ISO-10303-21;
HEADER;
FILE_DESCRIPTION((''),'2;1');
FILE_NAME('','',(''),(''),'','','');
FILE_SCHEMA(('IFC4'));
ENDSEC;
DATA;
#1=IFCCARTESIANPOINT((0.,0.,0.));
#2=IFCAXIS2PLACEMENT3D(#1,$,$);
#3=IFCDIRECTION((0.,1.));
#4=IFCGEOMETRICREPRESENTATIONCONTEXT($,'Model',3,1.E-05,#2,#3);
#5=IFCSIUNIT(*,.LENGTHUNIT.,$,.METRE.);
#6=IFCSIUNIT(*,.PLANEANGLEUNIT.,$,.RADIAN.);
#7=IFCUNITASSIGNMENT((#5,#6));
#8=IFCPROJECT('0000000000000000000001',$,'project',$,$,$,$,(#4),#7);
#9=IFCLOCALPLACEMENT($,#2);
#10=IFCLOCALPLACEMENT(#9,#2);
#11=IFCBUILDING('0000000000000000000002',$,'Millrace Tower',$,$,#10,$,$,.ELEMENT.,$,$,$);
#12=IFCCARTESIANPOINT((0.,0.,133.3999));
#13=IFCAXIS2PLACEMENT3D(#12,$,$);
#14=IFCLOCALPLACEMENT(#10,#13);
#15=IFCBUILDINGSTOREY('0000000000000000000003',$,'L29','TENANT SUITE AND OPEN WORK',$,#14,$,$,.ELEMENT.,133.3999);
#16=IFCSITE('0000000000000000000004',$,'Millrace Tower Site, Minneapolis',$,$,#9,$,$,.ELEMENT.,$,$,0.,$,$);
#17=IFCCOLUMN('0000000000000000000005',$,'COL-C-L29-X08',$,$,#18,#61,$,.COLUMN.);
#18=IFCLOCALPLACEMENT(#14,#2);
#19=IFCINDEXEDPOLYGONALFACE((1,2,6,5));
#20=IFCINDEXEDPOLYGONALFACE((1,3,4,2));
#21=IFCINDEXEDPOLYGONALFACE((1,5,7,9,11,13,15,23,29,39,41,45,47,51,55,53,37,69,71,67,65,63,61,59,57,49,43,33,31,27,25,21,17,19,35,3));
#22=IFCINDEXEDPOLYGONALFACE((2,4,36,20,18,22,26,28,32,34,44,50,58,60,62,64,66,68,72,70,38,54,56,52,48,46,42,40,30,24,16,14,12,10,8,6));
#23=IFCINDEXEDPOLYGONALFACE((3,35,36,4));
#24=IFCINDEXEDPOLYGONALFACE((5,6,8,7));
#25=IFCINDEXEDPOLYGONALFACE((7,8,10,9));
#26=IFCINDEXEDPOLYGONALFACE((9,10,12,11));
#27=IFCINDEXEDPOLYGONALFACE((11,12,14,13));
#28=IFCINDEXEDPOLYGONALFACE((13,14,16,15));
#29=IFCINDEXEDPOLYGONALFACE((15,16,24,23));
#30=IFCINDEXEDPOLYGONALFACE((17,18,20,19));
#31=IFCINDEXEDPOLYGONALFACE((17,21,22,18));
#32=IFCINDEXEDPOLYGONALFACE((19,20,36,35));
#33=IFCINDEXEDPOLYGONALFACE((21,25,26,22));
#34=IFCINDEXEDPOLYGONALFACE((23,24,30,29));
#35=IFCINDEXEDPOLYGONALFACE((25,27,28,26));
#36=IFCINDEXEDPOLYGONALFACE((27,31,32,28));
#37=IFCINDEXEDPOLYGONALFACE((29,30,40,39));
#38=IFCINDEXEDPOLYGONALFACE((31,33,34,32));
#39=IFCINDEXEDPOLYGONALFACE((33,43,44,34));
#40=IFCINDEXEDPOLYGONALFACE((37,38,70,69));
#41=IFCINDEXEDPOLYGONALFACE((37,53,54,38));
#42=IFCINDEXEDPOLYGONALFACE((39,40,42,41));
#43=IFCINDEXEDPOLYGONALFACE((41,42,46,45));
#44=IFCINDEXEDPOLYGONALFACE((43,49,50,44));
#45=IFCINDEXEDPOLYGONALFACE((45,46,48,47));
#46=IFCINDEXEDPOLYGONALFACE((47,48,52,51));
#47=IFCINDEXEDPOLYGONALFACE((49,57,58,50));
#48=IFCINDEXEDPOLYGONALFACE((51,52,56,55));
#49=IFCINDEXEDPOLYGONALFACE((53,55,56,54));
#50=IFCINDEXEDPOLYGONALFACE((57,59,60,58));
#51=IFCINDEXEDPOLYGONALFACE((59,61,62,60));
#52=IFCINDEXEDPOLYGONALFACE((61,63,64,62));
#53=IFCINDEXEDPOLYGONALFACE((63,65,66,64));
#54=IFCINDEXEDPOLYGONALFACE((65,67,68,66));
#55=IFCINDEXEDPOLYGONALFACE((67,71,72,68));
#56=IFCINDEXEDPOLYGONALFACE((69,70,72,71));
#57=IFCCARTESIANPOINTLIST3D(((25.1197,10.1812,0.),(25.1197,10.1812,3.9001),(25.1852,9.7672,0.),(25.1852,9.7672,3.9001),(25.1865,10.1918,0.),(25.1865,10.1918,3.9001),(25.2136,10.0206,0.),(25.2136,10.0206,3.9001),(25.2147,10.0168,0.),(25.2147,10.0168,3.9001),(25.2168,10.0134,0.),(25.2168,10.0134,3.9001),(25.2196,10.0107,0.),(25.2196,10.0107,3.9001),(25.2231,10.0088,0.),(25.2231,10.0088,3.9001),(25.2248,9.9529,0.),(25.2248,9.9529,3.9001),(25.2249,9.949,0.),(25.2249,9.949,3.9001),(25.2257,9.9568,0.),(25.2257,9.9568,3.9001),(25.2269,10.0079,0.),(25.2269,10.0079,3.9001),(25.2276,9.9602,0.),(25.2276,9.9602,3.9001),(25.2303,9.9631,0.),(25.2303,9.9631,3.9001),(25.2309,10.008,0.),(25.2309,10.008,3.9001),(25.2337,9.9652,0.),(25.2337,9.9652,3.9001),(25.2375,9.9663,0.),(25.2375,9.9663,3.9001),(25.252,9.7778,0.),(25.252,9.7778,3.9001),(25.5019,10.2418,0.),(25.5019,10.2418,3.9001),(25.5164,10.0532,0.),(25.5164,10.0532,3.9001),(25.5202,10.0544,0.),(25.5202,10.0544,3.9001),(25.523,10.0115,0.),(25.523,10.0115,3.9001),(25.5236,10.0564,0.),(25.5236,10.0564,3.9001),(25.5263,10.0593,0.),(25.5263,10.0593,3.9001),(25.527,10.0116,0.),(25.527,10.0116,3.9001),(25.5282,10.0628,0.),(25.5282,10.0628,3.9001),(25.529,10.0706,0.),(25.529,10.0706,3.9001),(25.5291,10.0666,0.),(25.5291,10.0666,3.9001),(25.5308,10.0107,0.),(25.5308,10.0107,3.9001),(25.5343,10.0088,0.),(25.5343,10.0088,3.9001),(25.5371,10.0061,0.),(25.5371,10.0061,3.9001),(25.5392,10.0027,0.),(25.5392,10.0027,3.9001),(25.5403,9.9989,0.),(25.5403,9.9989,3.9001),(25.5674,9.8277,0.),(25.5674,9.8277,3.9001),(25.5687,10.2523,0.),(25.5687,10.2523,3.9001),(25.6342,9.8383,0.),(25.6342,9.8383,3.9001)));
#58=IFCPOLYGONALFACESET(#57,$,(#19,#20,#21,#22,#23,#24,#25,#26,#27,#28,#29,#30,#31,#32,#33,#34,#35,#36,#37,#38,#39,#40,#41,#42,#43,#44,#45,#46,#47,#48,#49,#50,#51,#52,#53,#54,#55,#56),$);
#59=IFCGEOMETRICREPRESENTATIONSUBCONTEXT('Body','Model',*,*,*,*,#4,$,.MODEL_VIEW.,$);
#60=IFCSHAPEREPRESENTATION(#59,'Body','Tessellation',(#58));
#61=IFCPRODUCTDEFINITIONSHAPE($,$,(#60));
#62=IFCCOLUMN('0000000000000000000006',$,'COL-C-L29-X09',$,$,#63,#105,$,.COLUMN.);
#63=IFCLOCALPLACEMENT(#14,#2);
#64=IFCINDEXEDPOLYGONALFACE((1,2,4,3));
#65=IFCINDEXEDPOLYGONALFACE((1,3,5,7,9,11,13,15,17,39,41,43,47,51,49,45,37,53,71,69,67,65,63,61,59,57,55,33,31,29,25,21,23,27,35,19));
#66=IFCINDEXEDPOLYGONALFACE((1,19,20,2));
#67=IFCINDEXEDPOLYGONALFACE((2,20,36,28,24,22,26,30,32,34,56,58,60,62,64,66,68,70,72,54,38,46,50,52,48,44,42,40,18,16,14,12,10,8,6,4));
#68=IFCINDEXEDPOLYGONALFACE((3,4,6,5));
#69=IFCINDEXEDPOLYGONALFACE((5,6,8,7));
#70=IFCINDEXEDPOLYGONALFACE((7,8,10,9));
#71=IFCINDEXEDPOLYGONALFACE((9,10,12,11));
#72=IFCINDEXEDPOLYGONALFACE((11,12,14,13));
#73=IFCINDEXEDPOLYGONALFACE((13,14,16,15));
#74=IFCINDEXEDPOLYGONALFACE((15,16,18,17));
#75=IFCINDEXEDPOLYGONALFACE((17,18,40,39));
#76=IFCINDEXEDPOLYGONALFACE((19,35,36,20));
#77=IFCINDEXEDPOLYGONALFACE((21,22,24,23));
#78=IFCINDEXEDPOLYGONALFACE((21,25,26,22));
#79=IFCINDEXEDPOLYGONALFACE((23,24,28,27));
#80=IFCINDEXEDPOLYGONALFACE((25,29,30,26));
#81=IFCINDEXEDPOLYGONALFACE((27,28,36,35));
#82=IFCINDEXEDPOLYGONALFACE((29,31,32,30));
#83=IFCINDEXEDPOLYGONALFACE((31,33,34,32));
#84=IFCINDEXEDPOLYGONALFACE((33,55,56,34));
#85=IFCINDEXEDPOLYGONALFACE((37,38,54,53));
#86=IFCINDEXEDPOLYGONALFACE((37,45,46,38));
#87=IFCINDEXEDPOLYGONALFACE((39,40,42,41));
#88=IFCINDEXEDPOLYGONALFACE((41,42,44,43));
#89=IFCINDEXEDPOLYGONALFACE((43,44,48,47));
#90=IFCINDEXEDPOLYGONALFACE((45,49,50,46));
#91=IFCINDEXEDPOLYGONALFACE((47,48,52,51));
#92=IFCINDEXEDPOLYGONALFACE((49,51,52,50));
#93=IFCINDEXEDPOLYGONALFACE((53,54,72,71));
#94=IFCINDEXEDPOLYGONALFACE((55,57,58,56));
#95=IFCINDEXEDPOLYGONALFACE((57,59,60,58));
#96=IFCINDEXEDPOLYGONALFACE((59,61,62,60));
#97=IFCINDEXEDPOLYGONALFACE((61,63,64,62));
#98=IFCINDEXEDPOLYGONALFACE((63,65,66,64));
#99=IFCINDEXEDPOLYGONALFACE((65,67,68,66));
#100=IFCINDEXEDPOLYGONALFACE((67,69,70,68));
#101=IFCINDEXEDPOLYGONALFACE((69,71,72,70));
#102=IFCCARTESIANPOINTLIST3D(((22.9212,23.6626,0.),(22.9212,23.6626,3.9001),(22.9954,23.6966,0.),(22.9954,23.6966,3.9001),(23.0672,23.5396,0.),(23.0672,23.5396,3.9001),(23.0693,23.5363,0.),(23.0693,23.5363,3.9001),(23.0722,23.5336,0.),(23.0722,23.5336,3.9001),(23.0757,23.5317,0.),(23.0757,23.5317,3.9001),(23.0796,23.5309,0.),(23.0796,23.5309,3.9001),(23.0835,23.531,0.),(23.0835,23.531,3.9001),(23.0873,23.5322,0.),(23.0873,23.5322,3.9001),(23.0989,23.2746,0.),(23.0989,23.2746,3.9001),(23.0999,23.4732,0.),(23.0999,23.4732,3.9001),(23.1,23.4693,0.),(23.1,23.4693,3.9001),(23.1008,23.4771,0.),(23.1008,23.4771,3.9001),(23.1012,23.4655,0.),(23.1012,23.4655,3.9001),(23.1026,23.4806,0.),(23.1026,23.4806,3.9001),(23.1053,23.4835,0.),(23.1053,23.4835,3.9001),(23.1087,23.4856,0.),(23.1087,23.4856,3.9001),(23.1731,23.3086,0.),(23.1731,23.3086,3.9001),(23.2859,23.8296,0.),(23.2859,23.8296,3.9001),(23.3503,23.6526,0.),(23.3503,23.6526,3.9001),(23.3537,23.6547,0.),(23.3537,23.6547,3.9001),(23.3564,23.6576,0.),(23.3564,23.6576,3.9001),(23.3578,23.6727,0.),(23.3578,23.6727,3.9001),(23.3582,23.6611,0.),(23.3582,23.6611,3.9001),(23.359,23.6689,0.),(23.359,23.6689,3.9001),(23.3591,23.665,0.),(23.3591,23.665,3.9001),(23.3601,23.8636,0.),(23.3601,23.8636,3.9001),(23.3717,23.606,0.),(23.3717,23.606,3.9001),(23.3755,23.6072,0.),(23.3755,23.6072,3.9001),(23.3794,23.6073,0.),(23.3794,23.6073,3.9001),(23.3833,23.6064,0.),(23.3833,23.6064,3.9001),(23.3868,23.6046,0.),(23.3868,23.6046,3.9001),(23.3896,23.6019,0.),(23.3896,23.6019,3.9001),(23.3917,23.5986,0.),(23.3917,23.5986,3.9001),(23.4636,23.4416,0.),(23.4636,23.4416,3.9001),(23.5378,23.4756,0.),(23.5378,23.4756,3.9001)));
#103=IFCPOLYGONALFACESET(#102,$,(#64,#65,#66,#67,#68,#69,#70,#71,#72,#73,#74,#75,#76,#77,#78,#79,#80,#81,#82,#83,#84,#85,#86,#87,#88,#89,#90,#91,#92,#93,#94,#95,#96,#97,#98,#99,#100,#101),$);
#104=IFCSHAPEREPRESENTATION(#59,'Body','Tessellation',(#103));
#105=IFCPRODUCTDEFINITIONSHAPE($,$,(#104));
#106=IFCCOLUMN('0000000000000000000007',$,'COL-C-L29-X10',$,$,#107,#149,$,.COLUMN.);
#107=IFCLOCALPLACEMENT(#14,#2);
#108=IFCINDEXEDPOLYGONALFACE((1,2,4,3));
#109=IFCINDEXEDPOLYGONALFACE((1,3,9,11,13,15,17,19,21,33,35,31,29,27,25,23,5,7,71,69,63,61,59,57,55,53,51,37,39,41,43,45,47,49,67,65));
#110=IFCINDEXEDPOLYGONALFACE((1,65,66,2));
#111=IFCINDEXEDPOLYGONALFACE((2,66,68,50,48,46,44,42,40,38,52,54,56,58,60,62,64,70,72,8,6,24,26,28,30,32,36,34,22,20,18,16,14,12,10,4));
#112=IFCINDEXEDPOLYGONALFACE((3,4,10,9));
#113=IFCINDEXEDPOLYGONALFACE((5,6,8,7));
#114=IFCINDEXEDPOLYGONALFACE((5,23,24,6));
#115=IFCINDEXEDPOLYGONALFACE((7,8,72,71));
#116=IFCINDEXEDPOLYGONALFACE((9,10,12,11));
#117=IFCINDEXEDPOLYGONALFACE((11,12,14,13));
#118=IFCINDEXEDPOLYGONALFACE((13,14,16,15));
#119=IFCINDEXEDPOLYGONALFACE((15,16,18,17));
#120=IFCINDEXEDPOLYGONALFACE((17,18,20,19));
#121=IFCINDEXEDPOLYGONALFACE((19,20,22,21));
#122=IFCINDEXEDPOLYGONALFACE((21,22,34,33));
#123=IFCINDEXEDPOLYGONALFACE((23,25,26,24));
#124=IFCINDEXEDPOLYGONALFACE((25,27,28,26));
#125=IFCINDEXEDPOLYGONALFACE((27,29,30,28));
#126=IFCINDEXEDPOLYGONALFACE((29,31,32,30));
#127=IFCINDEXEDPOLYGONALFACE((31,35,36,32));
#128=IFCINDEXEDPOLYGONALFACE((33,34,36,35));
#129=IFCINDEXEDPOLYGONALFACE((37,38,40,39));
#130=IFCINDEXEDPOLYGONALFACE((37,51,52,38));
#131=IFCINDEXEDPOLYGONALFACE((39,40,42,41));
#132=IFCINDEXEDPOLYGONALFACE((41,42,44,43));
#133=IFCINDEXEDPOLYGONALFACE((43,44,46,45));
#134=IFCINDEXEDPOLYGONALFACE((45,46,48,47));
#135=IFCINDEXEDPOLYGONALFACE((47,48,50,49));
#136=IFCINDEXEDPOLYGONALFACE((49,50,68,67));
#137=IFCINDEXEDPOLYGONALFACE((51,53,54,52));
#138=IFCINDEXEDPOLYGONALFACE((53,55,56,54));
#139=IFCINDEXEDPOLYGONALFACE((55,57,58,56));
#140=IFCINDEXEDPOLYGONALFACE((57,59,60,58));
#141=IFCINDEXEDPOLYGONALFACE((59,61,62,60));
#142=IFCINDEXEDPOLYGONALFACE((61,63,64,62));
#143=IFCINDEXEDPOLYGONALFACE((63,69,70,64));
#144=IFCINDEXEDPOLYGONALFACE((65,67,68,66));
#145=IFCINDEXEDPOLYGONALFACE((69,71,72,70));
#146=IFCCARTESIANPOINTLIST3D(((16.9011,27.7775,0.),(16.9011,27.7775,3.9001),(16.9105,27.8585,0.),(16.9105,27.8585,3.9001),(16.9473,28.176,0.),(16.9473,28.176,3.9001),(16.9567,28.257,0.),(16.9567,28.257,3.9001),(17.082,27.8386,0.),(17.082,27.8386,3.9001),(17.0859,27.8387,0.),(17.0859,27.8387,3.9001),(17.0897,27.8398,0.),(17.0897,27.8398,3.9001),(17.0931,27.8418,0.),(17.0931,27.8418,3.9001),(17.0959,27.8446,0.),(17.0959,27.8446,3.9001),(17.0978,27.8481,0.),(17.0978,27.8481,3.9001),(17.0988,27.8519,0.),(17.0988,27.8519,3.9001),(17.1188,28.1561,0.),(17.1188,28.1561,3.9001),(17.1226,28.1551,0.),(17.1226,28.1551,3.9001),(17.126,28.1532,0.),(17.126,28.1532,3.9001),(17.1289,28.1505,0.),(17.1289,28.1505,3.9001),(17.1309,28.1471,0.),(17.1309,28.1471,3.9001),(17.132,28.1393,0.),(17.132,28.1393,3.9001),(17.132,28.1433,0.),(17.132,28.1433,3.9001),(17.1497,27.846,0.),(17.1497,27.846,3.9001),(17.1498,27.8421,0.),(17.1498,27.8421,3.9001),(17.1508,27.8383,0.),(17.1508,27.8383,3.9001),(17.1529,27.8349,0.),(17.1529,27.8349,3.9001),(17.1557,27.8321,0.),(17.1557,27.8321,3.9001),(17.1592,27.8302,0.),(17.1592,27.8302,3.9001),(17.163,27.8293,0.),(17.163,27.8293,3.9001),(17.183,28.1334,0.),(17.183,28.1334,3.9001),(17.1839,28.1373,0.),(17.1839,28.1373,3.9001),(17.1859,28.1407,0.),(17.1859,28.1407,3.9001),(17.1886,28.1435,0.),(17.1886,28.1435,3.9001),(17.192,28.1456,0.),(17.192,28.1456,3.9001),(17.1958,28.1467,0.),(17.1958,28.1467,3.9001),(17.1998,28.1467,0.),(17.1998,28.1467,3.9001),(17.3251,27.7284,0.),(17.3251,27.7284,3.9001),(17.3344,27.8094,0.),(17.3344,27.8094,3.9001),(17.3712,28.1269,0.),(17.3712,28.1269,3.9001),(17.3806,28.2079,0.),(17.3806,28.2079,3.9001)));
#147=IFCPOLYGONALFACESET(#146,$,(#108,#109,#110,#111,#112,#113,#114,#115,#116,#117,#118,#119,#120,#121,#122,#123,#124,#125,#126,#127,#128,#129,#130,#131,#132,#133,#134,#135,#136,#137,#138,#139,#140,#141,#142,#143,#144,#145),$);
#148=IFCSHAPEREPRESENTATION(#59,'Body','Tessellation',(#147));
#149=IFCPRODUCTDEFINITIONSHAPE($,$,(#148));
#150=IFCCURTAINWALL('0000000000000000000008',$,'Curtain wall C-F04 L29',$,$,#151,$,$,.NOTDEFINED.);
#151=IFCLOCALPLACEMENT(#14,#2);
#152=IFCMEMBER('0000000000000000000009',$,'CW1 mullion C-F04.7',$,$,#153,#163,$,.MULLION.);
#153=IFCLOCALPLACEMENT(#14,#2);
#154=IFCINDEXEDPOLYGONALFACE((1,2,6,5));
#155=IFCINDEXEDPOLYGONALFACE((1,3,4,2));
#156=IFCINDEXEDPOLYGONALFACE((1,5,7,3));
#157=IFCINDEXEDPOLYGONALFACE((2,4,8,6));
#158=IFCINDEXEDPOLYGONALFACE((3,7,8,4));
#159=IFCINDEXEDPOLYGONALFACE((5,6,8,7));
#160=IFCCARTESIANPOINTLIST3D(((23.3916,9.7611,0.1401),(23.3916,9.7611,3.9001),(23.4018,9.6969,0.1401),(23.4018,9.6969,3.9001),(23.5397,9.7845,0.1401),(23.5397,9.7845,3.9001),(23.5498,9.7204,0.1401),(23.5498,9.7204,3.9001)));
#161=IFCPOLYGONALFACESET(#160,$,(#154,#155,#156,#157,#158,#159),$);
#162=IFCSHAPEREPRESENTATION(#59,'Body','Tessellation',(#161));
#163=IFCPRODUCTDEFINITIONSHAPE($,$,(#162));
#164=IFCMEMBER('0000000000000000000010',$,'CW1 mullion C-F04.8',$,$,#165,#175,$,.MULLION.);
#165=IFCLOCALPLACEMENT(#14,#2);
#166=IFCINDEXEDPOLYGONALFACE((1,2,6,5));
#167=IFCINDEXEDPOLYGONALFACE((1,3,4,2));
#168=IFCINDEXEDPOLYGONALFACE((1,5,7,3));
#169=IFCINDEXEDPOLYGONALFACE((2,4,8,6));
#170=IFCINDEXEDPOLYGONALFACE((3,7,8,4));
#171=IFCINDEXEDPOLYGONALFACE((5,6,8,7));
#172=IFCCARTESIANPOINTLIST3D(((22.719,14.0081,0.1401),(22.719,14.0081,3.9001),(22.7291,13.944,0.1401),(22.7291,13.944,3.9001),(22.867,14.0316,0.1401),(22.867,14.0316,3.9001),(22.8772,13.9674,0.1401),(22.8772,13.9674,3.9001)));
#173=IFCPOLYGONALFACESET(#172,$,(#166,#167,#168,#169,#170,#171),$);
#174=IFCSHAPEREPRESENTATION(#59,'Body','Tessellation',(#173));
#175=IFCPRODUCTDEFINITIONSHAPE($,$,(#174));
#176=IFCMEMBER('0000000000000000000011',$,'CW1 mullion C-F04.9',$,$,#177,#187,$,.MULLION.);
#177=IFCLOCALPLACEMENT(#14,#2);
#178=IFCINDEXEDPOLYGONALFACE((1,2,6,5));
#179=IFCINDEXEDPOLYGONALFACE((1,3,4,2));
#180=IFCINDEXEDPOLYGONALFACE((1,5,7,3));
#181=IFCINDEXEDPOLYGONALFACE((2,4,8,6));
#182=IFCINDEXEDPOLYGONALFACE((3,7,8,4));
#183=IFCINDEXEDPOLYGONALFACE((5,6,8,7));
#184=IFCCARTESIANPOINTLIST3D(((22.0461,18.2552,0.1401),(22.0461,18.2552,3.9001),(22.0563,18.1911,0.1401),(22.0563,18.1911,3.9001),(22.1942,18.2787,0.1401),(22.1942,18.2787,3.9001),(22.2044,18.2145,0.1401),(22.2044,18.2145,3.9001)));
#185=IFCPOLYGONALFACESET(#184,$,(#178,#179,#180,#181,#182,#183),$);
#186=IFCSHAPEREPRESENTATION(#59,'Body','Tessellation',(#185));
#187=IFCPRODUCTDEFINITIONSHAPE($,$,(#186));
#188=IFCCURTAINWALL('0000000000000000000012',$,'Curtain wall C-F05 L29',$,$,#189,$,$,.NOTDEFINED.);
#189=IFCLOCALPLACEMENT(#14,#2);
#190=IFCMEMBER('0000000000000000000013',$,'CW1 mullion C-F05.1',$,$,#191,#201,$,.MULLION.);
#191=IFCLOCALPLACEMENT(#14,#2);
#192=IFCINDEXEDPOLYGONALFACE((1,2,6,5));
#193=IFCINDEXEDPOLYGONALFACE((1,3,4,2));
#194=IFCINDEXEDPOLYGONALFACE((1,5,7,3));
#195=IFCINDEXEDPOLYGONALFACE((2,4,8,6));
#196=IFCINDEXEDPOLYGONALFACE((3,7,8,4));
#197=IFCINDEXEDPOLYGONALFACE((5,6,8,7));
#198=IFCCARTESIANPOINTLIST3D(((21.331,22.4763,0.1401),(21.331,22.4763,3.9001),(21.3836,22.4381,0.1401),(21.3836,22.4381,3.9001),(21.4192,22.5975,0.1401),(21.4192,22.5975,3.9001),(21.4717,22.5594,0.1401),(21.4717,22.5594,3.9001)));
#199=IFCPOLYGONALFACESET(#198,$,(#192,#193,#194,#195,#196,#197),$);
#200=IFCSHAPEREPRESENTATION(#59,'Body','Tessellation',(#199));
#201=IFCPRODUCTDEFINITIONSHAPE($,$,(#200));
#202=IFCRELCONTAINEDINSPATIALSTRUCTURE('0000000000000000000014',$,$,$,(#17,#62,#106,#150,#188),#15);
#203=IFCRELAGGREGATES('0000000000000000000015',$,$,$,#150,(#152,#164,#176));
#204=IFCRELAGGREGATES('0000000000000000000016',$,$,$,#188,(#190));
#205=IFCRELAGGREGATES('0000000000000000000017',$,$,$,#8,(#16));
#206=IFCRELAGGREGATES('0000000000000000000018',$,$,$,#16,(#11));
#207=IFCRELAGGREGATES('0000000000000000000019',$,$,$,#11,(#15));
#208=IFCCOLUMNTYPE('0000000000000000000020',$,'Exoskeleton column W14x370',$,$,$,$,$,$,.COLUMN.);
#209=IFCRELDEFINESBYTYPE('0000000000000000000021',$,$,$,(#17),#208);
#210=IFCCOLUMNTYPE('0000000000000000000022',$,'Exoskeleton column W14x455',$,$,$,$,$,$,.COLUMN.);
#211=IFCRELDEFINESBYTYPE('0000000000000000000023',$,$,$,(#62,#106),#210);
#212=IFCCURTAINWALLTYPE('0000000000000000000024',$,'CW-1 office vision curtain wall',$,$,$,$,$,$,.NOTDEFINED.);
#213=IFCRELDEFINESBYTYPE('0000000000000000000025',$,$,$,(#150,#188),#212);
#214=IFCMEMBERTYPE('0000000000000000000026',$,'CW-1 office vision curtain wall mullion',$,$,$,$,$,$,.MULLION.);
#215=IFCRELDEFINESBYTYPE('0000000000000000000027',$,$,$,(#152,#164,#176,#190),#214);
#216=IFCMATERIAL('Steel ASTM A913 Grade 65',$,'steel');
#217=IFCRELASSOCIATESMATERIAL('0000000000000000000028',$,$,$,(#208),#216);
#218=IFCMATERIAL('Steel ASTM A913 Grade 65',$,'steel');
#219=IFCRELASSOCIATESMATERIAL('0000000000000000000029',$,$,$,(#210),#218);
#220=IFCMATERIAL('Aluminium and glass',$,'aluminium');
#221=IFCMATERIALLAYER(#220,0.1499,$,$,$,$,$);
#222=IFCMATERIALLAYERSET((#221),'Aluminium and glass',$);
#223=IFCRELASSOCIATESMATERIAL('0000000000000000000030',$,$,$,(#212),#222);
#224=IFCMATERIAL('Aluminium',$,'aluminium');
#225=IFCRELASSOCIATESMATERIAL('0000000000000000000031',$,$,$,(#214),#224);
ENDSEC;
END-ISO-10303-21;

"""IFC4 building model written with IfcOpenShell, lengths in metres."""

from ifc_helpers import new_model, si_unit, direction, frame, origin, origin_2d, place, context, subcontext, project, spatial, rectangle, i_section, extrude, material, layer, layer_set, material_profile, profile_set, type_object, element, aggregate, save


model = new_model("IFC4")

# Units and contexts
model_context = context("Model", 3, precision=1e-05, world=origin(), true_north=direction((0.0, 1.0)))
body_context = subcontext(model_context, "Body", "Model", "MODEL_VIEW")
ifc_project = project(units=[si_unit("LENGTHUNIT", "METRE"), si_unit("PLANEANGLEUNIT", "RADIAN")], contexts=[model_context])

# Site, building, storey
site_placement = place(None, origin())
site = spatial("IfcSite", under=ifc_project, at=site_placement, Name="Millrace Tower Site, Minneapolis", CompositionType="ELEMENT", RefElevation=0.0)
building_placement = place(site_placement, origin())
building = spatial("IfcBuilding", under=site, at=building_placement, Name="Millrace Tower", CompositionType="ELEMENT")
storey_placement = place(building_placement, frame((0.0, 0.0, 133.3999)))
storey = spatial("IfcBuildingStorey", under=building, at=storey_placement, Name="L29", Description="TENANT SUITE AND OPEN WORK", CompositionType="ELEMENT", Elevation=133.3999)

# Columns
ifc_material_1 = material(Name="Steel ASTM A913 Grade 65", Category="steel")
ifc_material_profile_1 = material_profile(ifc_material_1, i_section(OverallWidth=0.4192, OverallDepth=0.4546, WebThickness=0.0422, FlangeThickness=0.0676, FilletRadius=0.0151, at=origin_2d()))
ifc_profile_set_1 = profile_set([ifc_material_profile_1], Name="Steel ASTM A913 Grade 65")
column_type_1 = type_object("IfcColumnType", Name="Exoskeleton column W14x370", PredefinedType="COLUMN", material=ifc_profile_set_1)
column_placement = place(storey_placement, frame((25.377, 10.0098, 0.0), z_axis=(0.0, 0.0, 1.0), x_axis=(-0.156434, 0.987688, 0.0)))
element("IfcColumn", 1, at=column_placement, inside=storey, type_object=column_type_1, Name="COL-C-L29-X08", PredefinedType="COLUMN", context=body_context, shape_type="SweptSolid", body=[
    extrude(i_section(OverallWidth=0.4192, OverallDepth=0.4546, WebThickness=0.0422, FlangeThickness=0.0676, FilletRadius=0.0151, at=origin_2d()), origin(), (0.0, 0.0, 1.0), 3.9001),
])
ifc_material_2 = material(Name="Steel ASTM A913 Grade 65", Category="steel")
ifc_material_profile_2 = material_profile(ifc_material_2, i_section(OverallWidth=0.4268, OverallDepth=0.4827, WebThickness=0.0513, FlangeThickness=0.0815, FilletRadius=0.0151, at=origin_2d()))
ifc_profile_set_2 = profile_set([ifc_material_profile_2], Name="Steel ASTM A913 Grade 65")
column_type_2 = type_object("IfcColumnType", Name="Exoskeleton column W14x455", PredefinedType="COLUMN", material=ifc_profile_set_2)
for number, where, z_axis, x_axis, name in (
    (2, (23.2295, 23.5691, 0.0), (0.0, 0.0, 1.0), (-0.416401, 0.909181, 0.0), "COL-C-L29-X09"),
    (3, (17.1409, 27.9927, 0.0), (0.0, 0.0, 1.0), (-0.993358, 0.115069, 0.0), "COL-C-L29-X10"),
):
    element("IfcColumn", number, at=place(storey_placement, frame(where, z_axis=z_axis, x_axis=x_axis)), inside=storey, type_object=column_type_2, Name=name, PredefinedType="COLUMN", context=body_context, shape_type="SweptSolid", body=[
        extrude(i_section(OverallWidth=0.4268, OverallDepth=0.4827, WebThickness=0.0513, FlangeThickness=0.0815, FilletRadius=0.0151, at=origin_2d()), origin(), (0.0, 0.0, 1.0), 3.9001),
    ])

# Curtain wall, members
ifc_material_3 = material(Name="Aluminium and glass", Category="aluminium")
ifc_layer_1 = layer(ifc_material_3, 0.1499)
ifc_layer_set_1 = layer_set([ifc_layer_1], Name="Aluminium and glass")
curtain_wall_type = type_object("IfcCurtainWallType", Name="CW-1 office vision curtain wall", PredefinedType="NOTDEFINED", material=ifc_layer_set_1)
placement = place(storey_placement, origin())
curtain_wall_1 = element("IfcCurtainWall", 4, at=placement, inside=storey, type_object=curtain_wall_type, Name="Curtain wall C-F04 L29", PredefinedType="NOTDEFINED")
ifc_material_4 = material(Name="Aluminium", Category="aluminium")
ifc_material_profile_3 = material_profile(ifc_material_4, rectangle(XDim=0.0649, YDim=0.1499, at=origin_2d()))
ifc_profile_set_3 = profile_set([ifc_material_profile_3], Name="Aluminium")
member_type_1 = type_object("IfcMemberType", Name="CW-1 office vision curtain wall mullion", PredefinedType="MULLION", material=ifc_profile_set_3)
member_1_placement = place(storey_placement, frame((23.4707, 9.7407, 0.1401), z_axis=(0.0, 0.0, 1.0), x_axis=(-0.156434, 0.987688, 0.0)))
member_1 = element("IfcMember", 5, at=member_1_placement, type_object=member_type_1, Name="CW1 mullion C-F04.7", PredefinedType="MULLION", context=body_context, shape_type="SweptSolid", body=[
    extrude(rectangle(XDim=0.0649, YDim=0.1499, at=origin_2d()), origin(), (0.0, 0.0, 1.0), 3.76),
])
member_2_placement = place(storey_placement, frame((22.7981, 13.9878, 0.1401), z_axis=(0.0, 0.0, 1.0), x_axis=(-0.156434, 0.987688, 0.0)))
member_2 = element("IfcMember", 6, at=member_2_placement, type_object=member_type_1, Name="CW1 mullion C-F04.8", PredefinedType="MULLION", context=body_context, shape_type="SweptSolid", body=[
    extrude(rectangle(XDim=0.0649, YDim=0.1499, at=origin_2d()), origin(), (0.0, 0.0, 1.0), 3.76),
])
member_3_placement = place(storey_placement, frame((22.1252, 18.2349, 0.1401), z_axis=(0.0, 0.0, 1.0), x_axis=(-0.156434, 0.987688, 0.0)))
member_3 = element("IfcMember", 7, at=member_3_placement, type_object=member_type_1, Name="CW1 mullion C-F04.9", PredefinedType="MULLION", context=body_context, shape_type="SweptSolid", body=[
    extrude(rectangle(XDim=0.0649, YDim=0.1499, at=origin_2d()), origin(), (0.0, 0.0, 1.0), 3.76),
])
aggregate(curtain_wall_1, [member_1, member_2, member_3])

# Curtain wall, member
curtain_wall_2 = element("IfcCurtainWall", 8, at=placement, inside=storey, type_object=curtain_wall_type, Name="Curtain wall C-F05 L29", PredefinedType="NOTDEFINED")
member_4_placement = place(storey_placement, frame((21.4014, 22.5178, 0.1401), z_axis=(0.0, 0.0, 1.0), x_axis=(-0.809017, 0.587785, 0.0)))
member_4 = element("IfcMember", 9, at=member_4_placement, type_object=member_type_1, Name="CW1 mullion C-F05.1", PredefinedType="MULLION", context=body_context, shape_type="SweptSolid", body=[
    extrude(rectangle(XDim=0.0649, YDim=0.1499, at=origin_2d()), origin(), (0.0, 0.0, 1.0), 3.76),
])

aggregate(curtain_wall_2, [member_4])

save(model, "model.ifc")
